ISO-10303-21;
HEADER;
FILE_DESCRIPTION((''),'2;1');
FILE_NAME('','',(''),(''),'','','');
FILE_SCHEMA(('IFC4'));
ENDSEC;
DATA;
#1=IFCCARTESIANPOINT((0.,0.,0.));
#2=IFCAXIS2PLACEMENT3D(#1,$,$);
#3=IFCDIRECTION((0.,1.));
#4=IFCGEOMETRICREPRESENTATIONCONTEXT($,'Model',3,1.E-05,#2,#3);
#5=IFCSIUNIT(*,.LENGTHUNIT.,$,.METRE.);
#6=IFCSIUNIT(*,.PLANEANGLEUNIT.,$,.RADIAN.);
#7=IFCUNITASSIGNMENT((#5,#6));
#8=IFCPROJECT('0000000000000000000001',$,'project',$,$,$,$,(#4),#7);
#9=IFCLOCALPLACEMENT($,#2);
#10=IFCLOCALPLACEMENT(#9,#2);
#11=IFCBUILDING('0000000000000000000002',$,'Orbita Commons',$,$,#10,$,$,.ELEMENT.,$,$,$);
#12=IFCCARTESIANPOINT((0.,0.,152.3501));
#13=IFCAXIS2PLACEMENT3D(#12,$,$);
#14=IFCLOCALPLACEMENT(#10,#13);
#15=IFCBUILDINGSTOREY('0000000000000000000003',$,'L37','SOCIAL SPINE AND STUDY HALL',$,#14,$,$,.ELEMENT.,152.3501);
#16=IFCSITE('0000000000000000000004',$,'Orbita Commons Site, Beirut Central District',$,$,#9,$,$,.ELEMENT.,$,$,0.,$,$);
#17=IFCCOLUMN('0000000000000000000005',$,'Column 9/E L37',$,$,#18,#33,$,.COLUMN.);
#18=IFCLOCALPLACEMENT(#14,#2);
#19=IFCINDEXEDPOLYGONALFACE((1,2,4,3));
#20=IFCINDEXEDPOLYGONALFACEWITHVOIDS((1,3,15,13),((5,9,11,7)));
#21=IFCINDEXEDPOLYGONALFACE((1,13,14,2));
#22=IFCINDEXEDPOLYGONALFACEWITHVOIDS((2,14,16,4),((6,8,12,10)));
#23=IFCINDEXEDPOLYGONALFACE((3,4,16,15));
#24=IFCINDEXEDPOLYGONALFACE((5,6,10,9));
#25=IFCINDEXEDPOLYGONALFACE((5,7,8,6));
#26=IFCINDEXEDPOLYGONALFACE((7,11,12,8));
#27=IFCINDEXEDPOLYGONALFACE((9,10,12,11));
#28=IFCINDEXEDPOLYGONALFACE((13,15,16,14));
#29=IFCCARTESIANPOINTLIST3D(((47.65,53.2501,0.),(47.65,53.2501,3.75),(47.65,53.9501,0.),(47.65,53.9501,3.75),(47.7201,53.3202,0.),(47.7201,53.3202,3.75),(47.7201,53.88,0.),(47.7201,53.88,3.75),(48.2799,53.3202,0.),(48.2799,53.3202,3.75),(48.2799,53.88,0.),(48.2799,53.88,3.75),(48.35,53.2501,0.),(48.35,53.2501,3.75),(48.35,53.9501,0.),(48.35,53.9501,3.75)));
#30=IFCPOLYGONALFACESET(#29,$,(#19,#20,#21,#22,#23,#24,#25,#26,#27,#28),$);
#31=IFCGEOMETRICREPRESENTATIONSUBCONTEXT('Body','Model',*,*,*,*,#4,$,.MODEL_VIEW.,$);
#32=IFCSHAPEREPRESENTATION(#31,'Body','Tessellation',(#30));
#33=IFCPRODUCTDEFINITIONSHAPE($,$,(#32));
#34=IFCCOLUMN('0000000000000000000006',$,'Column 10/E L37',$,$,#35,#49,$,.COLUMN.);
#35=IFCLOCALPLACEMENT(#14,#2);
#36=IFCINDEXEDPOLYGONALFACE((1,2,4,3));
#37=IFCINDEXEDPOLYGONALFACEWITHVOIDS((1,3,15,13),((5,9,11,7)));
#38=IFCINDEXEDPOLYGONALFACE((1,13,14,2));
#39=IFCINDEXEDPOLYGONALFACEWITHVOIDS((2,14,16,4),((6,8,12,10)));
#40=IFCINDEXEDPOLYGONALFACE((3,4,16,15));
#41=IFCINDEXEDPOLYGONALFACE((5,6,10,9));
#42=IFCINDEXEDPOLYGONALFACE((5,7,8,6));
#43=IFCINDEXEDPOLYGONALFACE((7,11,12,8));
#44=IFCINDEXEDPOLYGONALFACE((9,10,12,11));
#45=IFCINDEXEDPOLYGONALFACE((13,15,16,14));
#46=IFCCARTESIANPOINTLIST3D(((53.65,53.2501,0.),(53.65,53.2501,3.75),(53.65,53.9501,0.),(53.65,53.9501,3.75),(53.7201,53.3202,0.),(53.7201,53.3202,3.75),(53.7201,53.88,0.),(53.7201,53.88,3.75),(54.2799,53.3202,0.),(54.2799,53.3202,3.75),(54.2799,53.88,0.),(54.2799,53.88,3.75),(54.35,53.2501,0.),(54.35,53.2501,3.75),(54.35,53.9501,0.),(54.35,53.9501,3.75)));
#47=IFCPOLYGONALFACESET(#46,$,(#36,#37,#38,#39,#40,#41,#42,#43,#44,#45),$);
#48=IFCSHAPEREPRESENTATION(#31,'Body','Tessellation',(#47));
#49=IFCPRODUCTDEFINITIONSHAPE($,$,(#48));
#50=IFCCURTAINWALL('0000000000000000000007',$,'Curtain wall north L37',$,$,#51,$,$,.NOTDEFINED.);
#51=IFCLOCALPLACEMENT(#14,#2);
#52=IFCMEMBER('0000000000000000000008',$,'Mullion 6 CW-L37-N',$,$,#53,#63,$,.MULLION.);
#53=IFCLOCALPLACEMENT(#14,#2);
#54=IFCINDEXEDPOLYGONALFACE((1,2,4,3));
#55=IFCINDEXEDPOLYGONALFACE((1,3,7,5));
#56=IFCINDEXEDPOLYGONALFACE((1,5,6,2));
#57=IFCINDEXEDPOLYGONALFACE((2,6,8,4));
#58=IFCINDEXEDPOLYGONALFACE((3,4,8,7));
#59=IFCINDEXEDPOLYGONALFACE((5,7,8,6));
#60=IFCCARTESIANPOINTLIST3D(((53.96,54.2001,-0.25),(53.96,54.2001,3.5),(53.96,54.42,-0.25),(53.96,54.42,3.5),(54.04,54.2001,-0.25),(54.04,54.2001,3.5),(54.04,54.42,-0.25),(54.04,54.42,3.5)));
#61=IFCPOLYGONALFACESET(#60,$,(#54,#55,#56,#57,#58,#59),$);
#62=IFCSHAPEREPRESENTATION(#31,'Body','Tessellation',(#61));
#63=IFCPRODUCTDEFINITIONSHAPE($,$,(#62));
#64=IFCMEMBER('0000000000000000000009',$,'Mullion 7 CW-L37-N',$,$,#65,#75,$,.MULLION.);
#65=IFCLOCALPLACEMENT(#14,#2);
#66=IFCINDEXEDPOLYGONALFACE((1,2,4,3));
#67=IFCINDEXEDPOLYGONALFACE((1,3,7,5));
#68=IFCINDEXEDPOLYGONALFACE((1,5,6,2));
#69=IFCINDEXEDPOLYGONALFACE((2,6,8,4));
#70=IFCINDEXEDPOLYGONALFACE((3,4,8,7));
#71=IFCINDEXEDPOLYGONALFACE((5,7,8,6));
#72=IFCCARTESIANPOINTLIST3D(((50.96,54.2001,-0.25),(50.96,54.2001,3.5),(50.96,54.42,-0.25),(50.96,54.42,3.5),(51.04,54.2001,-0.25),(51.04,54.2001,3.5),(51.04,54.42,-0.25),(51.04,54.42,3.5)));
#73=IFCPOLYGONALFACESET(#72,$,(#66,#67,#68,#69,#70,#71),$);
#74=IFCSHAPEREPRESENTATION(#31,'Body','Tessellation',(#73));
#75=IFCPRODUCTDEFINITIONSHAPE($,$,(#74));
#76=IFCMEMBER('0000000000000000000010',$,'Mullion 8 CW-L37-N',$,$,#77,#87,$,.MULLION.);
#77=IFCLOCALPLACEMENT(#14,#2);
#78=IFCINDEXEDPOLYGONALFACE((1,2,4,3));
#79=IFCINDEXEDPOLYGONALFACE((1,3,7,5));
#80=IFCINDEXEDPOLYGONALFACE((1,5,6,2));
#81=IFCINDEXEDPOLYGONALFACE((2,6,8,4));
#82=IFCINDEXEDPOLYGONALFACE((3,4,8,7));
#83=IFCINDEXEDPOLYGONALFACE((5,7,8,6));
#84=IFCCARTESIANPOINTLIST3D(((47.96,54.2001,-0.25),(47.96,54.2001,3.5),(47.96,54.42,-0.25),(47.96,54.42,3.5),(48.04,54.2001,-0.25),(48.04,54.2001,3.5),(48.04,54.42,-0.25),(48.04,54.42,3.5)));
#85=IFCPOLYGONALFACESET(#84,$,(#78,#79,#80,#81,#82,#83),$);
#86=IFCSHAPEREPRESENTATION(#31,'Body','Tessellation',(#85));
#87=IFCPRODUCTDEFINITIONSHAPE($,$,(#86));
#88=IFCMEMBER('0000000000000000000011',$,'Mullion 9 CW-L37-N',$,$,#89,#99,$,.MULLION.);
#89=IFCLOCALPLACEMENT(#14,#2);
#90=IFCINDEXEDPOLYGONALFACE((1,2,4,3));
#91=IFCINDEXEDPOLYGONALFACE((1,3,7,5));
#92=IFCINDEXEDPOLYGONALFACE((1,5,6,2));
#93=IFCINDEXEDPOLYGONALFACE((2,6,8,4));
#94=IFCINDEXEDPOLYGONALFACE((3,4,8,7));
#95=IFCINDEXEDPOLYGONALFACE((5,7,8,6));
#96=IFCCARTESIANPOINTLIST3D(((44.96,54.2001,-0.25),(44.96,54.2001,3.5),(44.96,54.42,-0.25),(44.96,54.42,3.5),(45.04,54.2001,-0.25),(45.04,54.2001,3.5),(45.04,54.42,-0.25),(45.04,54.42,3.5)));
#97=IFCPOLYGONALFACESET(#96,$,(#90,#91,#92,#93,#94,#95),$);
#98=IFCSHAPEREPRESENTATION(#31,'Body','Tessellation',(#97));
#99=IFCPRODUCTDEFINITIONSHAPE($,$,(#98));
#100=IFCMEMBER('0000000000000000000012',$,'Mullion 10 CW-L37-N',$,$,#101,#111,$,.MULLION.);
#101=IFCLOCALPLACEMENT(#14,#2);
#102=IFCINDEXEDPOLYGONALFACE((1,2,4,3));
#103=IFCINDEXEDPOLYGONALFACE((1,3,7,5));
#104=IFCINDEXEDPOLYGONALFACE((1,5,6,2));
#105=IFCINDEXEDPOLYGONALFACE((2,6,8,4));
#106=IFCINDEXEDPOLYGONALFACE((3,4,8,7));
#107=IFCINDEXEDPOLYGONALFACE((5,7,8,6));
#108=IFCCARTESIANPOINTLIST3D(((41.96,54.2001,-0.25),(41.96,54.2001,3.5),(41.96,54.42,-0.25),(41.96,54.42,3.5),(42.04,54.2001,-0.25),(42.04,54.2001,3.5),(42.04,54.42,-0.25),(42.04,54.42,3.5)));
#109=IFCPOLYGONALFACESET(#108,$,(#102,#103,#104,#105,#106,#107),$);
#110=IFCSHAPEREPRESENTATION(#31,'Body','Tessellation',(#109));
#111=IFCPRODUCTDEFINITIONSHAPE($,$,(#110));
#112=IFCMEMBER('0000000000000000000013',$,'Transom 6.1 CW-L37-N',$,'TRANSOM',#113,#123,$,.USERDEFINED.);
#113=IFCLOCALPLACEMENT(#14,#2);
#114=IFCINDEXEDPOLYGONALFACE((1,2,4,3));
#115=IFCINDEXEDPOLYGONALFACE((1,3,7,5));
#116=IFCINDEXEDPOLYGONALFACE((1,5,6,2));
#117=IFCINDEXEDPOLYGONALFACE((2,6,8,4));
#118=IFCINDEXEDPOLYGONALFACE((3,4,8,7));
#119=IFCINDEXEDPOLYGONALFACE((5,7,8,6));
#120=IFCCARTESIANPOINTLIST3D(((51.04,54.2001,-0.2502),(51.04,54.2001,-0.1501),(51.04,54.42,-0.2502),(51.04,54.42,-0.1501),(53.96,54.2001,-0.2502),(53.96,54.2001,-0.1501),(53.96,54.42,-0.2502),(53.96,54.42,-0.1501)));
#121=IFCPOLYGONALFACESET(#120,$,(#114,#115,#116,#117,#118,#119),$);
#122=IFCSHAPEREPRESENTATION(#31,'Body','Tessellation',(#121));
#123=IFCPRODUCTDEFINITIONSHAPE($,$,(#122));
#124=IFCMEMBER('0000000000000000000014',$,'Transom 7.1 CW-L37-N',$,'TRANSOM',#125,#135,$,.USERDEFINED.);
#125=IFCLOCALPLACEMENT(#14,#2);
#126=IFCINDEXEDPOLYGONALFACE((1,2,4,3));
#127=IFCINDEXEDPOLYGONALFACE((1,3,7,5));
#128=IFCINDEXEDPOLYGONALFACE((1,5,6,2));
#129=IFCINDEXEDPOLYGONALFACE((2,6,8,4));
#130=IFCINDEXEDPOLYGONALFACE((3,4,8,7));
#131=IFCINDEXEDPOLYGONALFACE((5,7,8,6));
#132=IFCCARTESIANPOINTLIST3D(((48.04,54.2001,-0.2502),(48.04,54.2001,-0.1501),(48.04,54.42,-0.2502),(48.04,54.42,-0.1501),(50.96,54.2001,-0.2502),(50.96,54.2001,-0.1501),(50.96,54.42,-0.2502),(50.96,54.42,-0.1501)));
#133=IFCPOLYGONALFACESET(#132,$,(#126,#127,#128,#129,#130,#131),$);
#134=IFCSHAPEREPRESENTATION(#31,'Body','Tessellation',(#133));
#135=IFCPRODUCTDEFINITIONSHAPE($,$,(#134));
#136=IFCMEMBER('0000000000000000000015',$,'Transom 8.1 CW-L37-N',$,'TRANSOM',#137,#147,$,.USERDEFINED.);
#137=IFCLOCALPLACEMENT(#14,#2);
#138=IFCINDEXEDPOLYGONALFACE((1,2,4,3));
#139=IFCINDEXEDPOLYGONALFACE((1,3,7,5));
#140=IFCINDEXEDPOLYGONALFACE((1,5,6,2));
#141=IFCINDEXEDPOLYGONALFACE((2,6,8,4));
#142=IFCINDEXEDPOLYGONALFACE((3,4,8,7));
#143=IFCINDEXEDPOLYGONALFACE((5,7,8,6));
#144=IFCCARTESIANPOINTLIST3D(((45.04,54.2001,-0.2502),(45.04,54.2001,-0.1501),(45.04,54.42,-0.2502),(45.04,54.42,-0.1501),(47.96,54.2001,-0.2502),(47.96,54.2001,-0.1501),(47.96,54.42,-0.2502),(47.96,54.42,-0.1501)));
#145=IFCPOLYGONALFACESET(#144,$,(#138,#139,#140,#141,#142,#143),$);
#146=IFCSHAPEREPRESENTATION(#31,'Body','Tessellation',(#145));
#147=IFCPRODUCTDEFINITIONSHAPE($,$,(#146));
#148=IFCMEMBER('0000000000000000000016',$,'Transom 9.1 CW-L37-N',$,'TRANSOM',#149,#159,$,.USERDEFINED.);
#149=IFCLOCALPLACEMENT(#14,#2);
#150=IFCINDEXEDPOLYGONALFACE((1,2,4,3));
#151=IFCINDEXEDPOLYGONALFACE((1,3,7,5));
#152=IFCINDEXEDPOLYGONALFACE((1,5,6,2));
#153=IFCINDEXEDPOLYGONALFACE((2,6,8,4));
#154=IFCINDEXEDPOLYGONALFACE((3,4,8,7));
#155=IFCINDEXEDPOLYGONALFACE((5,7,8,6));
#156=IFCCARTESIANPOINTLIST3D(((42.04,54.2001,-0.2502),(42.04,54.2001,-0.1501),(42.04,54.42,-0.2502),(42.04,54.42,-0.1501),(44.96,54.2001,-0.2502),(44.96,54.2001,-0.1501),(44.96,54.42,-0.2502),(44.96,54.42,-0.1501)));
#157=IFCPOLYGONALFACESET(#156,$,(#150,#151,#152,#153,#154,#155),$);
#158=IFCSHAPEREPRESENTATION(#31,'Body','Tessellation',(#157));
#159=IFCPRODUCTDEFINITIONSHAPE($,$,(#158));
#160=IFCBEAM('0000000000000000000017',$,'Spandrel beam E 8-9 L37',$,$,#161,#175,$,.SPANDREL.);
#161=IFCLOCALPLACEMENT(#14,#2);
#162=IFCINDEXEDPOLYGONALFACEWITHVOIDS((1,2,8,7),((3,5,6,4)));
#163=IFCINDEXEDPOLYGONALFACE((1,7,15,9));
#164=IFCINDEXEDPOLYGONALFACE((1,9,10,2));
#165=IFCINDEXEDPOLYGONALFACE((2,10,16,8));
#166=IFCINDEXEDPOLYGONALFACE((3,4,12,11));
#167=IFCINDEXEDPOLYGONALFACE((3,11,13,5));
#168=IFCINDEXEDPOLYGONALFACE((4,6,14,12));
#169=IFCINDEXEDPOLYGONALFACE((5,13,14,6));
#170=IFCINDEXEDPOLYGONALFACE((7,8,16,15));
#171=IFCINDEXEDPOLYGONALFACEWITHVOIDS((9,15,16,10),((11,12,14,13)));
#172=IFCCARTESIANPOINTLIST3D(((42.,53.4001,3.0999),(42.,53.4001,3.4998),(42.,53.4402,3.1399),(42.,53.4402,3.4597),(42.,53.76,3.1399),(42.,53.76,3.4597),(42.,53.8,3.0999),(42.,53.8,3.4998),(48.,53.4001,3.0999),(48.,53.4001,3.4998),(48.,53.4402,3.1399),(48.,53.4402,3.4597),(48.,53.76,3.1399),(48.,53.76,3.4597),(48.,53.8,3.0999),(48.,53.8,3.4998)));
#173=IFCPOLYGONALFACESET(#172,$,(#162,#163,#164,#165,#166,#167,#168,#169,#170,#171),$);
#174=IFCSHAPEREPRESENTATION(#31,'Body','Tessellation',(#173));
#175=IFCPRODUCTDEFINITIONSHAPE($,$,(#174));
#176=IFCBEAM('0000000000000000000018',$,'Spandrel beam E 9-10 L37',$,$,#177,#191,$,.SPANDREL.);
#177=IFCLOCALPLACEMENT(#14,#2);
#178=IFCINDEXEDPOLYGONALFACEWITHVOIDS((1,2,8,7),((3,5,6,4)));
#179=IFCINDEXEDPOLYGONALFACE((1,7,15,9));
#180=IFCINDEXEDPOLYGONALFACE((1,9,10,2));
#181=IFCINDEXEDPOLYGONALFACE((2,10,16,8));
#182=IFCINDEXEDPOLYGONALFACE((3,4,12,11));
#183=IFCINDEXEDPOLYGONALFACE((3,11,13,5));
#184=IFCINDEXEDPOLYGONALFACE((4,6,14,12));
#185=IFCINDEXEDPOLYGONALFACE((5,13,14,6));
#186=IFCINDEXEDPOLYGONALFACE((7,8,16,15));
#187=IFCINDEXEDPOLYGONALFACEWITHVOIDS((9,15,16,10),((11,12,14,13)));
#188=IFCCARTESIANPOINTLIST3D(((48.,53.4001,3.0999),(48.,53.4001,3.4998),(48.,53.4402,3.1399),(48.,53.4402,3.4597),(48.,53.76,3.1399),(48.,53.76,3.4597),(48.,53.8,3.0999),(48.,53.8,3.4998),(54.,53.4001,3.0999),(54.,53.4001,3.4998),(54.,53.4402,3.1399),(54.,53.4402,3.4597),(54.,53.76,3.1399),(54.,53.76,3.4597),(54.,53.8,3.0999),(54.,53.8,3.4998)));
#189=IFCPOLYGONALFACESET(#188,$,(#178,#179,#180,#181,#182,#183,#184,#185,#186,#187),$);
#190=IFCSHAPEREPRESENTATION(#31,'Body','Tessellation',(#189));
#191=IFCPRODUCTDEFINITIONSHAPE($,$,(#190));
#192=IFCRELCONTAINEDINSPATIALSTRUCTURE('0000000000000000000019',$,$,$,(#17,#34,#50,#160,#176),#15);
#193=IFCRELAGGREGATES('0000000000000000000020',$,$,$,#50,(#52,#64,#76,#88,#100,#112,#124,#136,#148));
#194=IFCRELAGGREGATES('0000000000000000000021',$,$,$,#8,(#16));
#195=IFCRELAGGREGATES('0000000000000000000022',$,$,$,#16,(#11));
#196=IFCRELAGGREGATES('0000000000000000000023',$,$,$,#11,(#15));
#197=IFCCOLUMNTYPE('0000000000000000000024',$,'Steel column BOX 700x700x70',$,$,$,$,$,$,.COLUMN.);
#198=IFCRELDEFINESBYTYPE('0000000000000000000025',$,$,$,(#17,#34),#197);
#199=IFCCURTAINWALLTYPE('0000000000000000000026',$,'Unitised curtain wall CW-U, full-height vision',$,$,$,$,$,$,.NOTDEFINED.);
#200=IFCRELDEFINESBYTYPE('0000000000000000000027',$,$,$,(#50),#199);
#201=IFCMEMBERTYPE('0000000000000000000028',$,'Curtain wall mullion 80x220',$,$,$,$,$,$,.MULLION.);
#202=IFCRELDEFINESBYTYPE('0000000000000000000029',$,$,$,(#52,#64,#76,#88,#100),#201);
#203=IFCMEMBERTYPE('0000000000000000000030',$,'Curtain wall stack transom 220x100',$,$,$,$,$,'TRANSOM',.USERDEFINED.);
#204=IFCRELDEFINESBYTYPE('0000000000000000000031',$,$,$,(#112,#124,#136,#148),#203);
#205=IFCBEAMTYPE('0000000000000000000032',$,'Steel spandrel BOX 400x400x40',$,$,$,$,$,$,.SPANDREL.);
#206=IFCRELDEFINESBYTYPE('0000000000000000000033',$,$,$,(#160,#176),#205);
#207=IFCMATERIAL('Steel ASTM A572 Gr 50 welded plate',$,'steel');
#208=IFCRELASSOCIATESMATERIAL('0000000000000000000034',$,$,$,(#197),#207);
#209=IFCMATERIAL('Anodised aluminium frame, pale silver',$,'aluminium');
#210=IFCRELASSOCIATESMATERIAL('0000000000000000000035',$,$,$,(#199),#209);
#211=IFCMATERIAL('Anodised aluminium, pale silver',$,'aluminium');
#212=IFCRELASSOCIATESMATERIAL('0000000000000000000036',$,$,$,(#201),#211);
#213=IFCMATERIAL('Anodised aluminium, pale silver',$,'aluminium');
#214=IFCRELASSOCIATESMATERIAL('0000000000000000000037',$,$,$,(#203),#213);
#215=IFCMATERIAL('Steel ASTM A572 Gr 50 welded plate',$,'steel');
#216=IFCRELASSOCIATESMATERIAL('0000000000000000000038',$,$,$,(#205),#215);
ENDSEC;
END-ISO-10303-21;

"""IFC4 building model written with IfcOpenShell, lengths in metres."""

from ifc_helpers import new_model, si_unit, direction, frame, origin, origin_2d, place, context, subcontext, project, spatial, rectangle, hollow_rectangle, extrude, material, material_profile, profile_set, type_object, element, aggregate, save


model = new_model("IFC4")

# Units and contexts
model_context = context("Model", 3, precision=1e-05, world=origin(), true_north=direction((0.0, 1.0)))
body_context = subcontext(model_context, "Body", "Model", "MODEL_VIEW")
ifc_project = project(units=[si_unit("LENGTHUNIT", "METRE"), si_unit("PLANEANGLEUNIT", "RADIAN")], contexts=[model_context])

# Site, building, storey
site_placement = place(None, origin())
site = spatial("IfcSite", under=ifc_project, at=site_placement, Name="Orbita Commons Site, Beirut Central District", CompositionType="ELEMENT", RefElevation=0.0)
building_placement = place(site_placement, origin())
building = spatial("IfcBuilding", under=site, at=building_placement, Name="Orbita Commons", CompositionType="ELEMENT")
storey_placement = place(building_placement, frame((0.0, 0.0, 152.3501)))
storey = spatial("IfcBuildingStorey", under=building, at=storey_placement, Name="L37", Description="SOCIAL SPINE AND STUDY HALL", CompositionType="ELEMENT", Elevation=152.3501)

# Columns
ifc_material_1 = material(Name="Steel ASTM A572 Gr 50 welded plate", Category="steel")
ifc_material_profile_1 = material_profile(ifc_material_1, hollow_rectangle(XDim=0.7, YDim=0.7, WallThickness=0.0701, at=origin_2d()), Name="BOX 700x700x70")
ifc_profile_set_1 = profile_set([ifc_material_profile_1], Name="Steel ASTM A572 Gr 50 welded plate")
column_type = type_object("IfcColumnType", Name="Steel column BOX 700x700x70", PredefinedType="COLUMN", material=ifc_profile_set_1)
for number, where, z_axis, x_axis, name in (
    (1, (48.0, 53.6001, 0.0), (0.0, 0.0, 1.0), (1.0, 0.0, 0.0), "Column 9/E L37"),
    (2, (54.0, 53.6001, 0.0), (0.0, 0.0, 1.0), (1.0, 0.0, 0.0), "Column 10/E L37"),
):
    element("IfcColumn", number, at=place(storey_placement, frame(where, z_axis=z_axis, x_axis=x_axis)), inside=storey, type_object=column_type, Name=name, PredefinedType="COLUMN", context=body_context, shape_type="SweptSolid", body=[
        extrude(hollow_rectangle(XDim=0.7, YDim=0.7, WallThickness=0.0701, at=origin_2d()), origin(), (0.0, 0.0, 1.0), 3.75),
    ])

# Curtain wall, members
ifc_material_2 = material(Name="Anodised aluminium frame, pale silver", Category="aluminium")
curtain_wall_type = type_object("IfcCurtainWallType", Name="Unitised curtain wall CW-U, full-height vision", PredefinedType="NOTDEFINED", material=ifc_material_2)
curtain_wall_placement = place(storey_placement, origin())
curtain_wall = element("IfcCurtainWall", 3, at=curtain_wall_placement, inside=storey, type_object=curtain_wall_type, Name="Curtain wall north L37", PredefinedType="NOTDEFINED")
ifc_material_3 = material(Name="Anodised aluminium, pale silver", Category="aluminium")
ifc_material_profile_2 = material_profile(ifc_material_3, rectangle(XDim=0.0801, YDim=0.22, at=origin_2d()), Name="AL 80x220")
ifc_profile_set_2 = profile_set([ifc_material_profile_2], Name="Anodised aluminium, pale silver")
member_type_1 = type_object("IfcMemberType", Name="Curtain wall mullion 80x220", PredefinedType="MULLION", material=ifc_profile_set_2)
member_1_placement = place(storey_placement, frame((54.0, 54.3101, -0.25), z_axis=(0.0, 0.0, 1.0), x_axis=(-1.0, 0.0, 0.0)))
member_1 = element("IfcMember", 4, at=member_1_placement, type_object=member_type_1, Name="Mullion 6 CW-L37-N", PredefinedType="MULLION", context=body_context, shape_type="SweptSolid", body=[
    extrude(rectangle(XDim=0.0801, YDim=0.22, at=origin_2d()), origin(), (0.0, 0.0, 1.0), 3.75),
])
member_2_placement = place(storey_placement, frame((51.0, 54.3101, -0.25), z_axis=(0.0, 0.0, 1.0), x_axis=(-1.0, 0.0, 0.0)))
member_2 = element("IfcMember", 5, at=member_2_placement, type_object=member_type_1, Name="Mullion 7 CW-L37-N", PredefinedType="MULLION", context=body_context, shape_type="SweptSolid", body=[
    extrude(rectangle(XDim=0.0801, YDim=0.22, at=origin_2d()), origin(), (0.0, 0.0, 1.0), 3.75),
])
member_3_placement = place(storey_placement, frame((48.0, 54.3101, -0.25), z_axis=(0.0, 0.0, 1.0), x_axis=(-1.0, 0.0, 0.0)))
member_3 = element("IfcMember", 6, at=member_3_placement, type_object=member_type_1, Name="Mullion 8 CW-L37-N", PredefinedType="MULLION", context=body_context, shape_type="SweptSolid", body=[
    extrude(rectangle(XDim=0.0801, YDim=0.22, at=origin_2d()), origin(), (0.0, 0.0, 1.0), 3.75),
])
member_4_placement = place(storey_placement, frame((45.0, 54.3101, -0.25), z_axis=(0.0, 0.0, 1.0), x_axis=(-1.0, 0.0, 0.0)))
member_4 = element("IfcMember", 7, at=member_4_placement, type_object=member_type_1, Name="Mullion 9 CW-L37-N", PredefinedType="MULLION", context=body_context, shape_type="SweptSolid", body=[
    extrude(rectangle(XDim=0.0801, YDim=0.22, at=origin_2d()), origin(), (0.0, 0.0, 1.0), 3.75),
])
member_5_placement = place(storey_placement, frame((42.0, 54.3101, -0.25), z_axis=(0.0, 0.0, 1.0), x_axis=(-1.0, 0.0, 0.0)))
member_5 = element("IfcMember", 8, at=member_5_placement, type_object=member_type_1, Name="Mullion 10 CW-L37-N", PredefinedType="MULLION", context=body_context, shape_type="SweptSolid", body=[
    extrude(rectangle(XDim=0.0801, YDim=0.22, at=origin_2d()), origin(), (0.0, 0.0, 1.0), 3.75),
])
ifc_material_4 = material(Name="Anodised aluminium, pale silver", Category="aluminium")
ifc_material_profile_3 = material_profile(ifc_material_4, rectangle(XDim=0.22, YDim=0.1001, at=origin_2d()), Name="AL 220x100")
ifc_profile_set_3 = profile_set([ifc_material_profile_3], Name="Anodised aluminium, pale silver")
member_type_2 = type_object("IfcMemberType", Name="Curtain wall stack transom 220x100", ElementType="TRANSOM", PredefinedType="USERDEFINED", material=ifc_profile_set_3)
member_6_placement = place(storey_placement, frame((53.96, 54.3101, -0.2002), z_axis=(-1.0, 0.0, 0.0), x_axis=(0.0, -1.0, 0.0)))
member_6 = element("IfcMember", 9, at=member_6_placement, type_object=member_type_2, Name="Transom 6.1 CW-L37-N", ObjectType="TRANSOM", PredefinedType="USERDEFINED", context=body_context, shape_type="SweptSolid", body=[
    extrude(rectangle(XDim=0.22, YDim=0.1001, at=origin_2d()), origin(), (0.0, 0.0, 1.0), 2.9199),
])
member_7_placement = place(storey_placement, frame((50.96, 54.3101, -0.2002), z_axis=(-1.0, 0.0, 0.0), x_axis=(0.0, -1.0, 0.0)))
member_7 = element("IfcMember", 10, at=member_7_placement, type_object=member_type_2, Name="Transom 7.1 CW-L37-N", ObjectType="TRANSOM", PredefinedType="USERDEFINED", context=body_context, shape_type="SweptSolid", body=[
    extrude(rectangle(XDim=0.22, YDim=0.1001, at=origin_2d()), origin(), (0.0, 0.0, 1.0), 2.9199),
])
member_8_placement = place(storey_placement, frame((47.96, 54.3101, -0.2002), z_axis=(-1.0, 0.0, 0.0), x_axis=(0.0, -1.0, 0.0)))
member_8 = element("IfcMember", 11, at=member_8_placement, type_object=member_type_2, Name="Transom 8.1 CW-L37-N", ObjectType="TRANSOM", PredefinedType="USERDEFINED", context=body_context, shape_type="SweptSolid", body=[
    extrude(rectangle(XDim=0.22, YDim=0.1001, at=origin_2d()), origin(), (0.0, 0.0, 1.0), 2.9199),
])
member_9_placement = place(storey_placement, frame((44.96, 54.3101, -0.2002), z_axis=(-1.0, 0.0, 0.0), x_axis=(0.0, -1.0, 0.0)))
member_9 = element("IfcMember", 12, at=member_9_placement, type_object=member_type_2, Name="Transom 9.1 CW-L37-N", ObjectType="TRANSOM", PredefinedType="USERDEFINED", context=body_context, shape_type="SweptSolid", body=[
    extrude(rectangle(XDim=0.22, YDim=0.1001, at=origin_2d()), origin(), (0.0, 0.0, 1.0), 2.9199),
])

# Beams
ifc_material_5 = material(Name="Steel ASTM A572 Gr 50 welded plate", Category="steel")
ifc_material_profile_4 = material_profile(ifc_material_5, hollow_rectangle(XDim=0.3999, YDim=0.3999, WallThickness=0.04, at=origin_2d()), Name="BOX 400x400x40")
ifc_profile_set_4 = profile_set([ifc_material_profile_4], Name="Steel ASTM A572 Gr 50 welded plate")
beam_type = type_object("IfcBeamType", Name="Steel spandrel BOX 400x400x40", PredefinedType="SPANDREL", material=ifc_profile_set_4)
for number, where, z_axis, x_axis, name in (
    (13, (42.0, 53.6001, 3.2998), (1.0, 0.0, 0.0), (0.0, 1.0, 0.0), "Spandrel beam E 8-9 L37"),
    (14, (48.0, 53.6001, 3.2998), (1.0, 0.0, 0.0), (0.0, 1.0, 0.0), "Spandrel beam E 9-10 L37"),
):
    element("IfcBeam", number, at=place(storey_placement, frame(where, z_axis=z_axis, x_axis=x_axis)), inside=storey, type_object=beam_type, Name=name, PredefinedType="SPANDREL", context=body_context, shape_type="SweptSolid", body=[
        extrude(hollow_rectangle(XDim=0.3999, YDim=0.3999, WallThickness=0.04, at=origin_2d()), origin(), (0.0, 0.0, 1.0), 6.0),
    ])

aggregate(curtain_wall, [member_1, member_2, member_3, member_4, member_5, member_6, member_7, member_8, member_9])

save(model, "model.ifc")
